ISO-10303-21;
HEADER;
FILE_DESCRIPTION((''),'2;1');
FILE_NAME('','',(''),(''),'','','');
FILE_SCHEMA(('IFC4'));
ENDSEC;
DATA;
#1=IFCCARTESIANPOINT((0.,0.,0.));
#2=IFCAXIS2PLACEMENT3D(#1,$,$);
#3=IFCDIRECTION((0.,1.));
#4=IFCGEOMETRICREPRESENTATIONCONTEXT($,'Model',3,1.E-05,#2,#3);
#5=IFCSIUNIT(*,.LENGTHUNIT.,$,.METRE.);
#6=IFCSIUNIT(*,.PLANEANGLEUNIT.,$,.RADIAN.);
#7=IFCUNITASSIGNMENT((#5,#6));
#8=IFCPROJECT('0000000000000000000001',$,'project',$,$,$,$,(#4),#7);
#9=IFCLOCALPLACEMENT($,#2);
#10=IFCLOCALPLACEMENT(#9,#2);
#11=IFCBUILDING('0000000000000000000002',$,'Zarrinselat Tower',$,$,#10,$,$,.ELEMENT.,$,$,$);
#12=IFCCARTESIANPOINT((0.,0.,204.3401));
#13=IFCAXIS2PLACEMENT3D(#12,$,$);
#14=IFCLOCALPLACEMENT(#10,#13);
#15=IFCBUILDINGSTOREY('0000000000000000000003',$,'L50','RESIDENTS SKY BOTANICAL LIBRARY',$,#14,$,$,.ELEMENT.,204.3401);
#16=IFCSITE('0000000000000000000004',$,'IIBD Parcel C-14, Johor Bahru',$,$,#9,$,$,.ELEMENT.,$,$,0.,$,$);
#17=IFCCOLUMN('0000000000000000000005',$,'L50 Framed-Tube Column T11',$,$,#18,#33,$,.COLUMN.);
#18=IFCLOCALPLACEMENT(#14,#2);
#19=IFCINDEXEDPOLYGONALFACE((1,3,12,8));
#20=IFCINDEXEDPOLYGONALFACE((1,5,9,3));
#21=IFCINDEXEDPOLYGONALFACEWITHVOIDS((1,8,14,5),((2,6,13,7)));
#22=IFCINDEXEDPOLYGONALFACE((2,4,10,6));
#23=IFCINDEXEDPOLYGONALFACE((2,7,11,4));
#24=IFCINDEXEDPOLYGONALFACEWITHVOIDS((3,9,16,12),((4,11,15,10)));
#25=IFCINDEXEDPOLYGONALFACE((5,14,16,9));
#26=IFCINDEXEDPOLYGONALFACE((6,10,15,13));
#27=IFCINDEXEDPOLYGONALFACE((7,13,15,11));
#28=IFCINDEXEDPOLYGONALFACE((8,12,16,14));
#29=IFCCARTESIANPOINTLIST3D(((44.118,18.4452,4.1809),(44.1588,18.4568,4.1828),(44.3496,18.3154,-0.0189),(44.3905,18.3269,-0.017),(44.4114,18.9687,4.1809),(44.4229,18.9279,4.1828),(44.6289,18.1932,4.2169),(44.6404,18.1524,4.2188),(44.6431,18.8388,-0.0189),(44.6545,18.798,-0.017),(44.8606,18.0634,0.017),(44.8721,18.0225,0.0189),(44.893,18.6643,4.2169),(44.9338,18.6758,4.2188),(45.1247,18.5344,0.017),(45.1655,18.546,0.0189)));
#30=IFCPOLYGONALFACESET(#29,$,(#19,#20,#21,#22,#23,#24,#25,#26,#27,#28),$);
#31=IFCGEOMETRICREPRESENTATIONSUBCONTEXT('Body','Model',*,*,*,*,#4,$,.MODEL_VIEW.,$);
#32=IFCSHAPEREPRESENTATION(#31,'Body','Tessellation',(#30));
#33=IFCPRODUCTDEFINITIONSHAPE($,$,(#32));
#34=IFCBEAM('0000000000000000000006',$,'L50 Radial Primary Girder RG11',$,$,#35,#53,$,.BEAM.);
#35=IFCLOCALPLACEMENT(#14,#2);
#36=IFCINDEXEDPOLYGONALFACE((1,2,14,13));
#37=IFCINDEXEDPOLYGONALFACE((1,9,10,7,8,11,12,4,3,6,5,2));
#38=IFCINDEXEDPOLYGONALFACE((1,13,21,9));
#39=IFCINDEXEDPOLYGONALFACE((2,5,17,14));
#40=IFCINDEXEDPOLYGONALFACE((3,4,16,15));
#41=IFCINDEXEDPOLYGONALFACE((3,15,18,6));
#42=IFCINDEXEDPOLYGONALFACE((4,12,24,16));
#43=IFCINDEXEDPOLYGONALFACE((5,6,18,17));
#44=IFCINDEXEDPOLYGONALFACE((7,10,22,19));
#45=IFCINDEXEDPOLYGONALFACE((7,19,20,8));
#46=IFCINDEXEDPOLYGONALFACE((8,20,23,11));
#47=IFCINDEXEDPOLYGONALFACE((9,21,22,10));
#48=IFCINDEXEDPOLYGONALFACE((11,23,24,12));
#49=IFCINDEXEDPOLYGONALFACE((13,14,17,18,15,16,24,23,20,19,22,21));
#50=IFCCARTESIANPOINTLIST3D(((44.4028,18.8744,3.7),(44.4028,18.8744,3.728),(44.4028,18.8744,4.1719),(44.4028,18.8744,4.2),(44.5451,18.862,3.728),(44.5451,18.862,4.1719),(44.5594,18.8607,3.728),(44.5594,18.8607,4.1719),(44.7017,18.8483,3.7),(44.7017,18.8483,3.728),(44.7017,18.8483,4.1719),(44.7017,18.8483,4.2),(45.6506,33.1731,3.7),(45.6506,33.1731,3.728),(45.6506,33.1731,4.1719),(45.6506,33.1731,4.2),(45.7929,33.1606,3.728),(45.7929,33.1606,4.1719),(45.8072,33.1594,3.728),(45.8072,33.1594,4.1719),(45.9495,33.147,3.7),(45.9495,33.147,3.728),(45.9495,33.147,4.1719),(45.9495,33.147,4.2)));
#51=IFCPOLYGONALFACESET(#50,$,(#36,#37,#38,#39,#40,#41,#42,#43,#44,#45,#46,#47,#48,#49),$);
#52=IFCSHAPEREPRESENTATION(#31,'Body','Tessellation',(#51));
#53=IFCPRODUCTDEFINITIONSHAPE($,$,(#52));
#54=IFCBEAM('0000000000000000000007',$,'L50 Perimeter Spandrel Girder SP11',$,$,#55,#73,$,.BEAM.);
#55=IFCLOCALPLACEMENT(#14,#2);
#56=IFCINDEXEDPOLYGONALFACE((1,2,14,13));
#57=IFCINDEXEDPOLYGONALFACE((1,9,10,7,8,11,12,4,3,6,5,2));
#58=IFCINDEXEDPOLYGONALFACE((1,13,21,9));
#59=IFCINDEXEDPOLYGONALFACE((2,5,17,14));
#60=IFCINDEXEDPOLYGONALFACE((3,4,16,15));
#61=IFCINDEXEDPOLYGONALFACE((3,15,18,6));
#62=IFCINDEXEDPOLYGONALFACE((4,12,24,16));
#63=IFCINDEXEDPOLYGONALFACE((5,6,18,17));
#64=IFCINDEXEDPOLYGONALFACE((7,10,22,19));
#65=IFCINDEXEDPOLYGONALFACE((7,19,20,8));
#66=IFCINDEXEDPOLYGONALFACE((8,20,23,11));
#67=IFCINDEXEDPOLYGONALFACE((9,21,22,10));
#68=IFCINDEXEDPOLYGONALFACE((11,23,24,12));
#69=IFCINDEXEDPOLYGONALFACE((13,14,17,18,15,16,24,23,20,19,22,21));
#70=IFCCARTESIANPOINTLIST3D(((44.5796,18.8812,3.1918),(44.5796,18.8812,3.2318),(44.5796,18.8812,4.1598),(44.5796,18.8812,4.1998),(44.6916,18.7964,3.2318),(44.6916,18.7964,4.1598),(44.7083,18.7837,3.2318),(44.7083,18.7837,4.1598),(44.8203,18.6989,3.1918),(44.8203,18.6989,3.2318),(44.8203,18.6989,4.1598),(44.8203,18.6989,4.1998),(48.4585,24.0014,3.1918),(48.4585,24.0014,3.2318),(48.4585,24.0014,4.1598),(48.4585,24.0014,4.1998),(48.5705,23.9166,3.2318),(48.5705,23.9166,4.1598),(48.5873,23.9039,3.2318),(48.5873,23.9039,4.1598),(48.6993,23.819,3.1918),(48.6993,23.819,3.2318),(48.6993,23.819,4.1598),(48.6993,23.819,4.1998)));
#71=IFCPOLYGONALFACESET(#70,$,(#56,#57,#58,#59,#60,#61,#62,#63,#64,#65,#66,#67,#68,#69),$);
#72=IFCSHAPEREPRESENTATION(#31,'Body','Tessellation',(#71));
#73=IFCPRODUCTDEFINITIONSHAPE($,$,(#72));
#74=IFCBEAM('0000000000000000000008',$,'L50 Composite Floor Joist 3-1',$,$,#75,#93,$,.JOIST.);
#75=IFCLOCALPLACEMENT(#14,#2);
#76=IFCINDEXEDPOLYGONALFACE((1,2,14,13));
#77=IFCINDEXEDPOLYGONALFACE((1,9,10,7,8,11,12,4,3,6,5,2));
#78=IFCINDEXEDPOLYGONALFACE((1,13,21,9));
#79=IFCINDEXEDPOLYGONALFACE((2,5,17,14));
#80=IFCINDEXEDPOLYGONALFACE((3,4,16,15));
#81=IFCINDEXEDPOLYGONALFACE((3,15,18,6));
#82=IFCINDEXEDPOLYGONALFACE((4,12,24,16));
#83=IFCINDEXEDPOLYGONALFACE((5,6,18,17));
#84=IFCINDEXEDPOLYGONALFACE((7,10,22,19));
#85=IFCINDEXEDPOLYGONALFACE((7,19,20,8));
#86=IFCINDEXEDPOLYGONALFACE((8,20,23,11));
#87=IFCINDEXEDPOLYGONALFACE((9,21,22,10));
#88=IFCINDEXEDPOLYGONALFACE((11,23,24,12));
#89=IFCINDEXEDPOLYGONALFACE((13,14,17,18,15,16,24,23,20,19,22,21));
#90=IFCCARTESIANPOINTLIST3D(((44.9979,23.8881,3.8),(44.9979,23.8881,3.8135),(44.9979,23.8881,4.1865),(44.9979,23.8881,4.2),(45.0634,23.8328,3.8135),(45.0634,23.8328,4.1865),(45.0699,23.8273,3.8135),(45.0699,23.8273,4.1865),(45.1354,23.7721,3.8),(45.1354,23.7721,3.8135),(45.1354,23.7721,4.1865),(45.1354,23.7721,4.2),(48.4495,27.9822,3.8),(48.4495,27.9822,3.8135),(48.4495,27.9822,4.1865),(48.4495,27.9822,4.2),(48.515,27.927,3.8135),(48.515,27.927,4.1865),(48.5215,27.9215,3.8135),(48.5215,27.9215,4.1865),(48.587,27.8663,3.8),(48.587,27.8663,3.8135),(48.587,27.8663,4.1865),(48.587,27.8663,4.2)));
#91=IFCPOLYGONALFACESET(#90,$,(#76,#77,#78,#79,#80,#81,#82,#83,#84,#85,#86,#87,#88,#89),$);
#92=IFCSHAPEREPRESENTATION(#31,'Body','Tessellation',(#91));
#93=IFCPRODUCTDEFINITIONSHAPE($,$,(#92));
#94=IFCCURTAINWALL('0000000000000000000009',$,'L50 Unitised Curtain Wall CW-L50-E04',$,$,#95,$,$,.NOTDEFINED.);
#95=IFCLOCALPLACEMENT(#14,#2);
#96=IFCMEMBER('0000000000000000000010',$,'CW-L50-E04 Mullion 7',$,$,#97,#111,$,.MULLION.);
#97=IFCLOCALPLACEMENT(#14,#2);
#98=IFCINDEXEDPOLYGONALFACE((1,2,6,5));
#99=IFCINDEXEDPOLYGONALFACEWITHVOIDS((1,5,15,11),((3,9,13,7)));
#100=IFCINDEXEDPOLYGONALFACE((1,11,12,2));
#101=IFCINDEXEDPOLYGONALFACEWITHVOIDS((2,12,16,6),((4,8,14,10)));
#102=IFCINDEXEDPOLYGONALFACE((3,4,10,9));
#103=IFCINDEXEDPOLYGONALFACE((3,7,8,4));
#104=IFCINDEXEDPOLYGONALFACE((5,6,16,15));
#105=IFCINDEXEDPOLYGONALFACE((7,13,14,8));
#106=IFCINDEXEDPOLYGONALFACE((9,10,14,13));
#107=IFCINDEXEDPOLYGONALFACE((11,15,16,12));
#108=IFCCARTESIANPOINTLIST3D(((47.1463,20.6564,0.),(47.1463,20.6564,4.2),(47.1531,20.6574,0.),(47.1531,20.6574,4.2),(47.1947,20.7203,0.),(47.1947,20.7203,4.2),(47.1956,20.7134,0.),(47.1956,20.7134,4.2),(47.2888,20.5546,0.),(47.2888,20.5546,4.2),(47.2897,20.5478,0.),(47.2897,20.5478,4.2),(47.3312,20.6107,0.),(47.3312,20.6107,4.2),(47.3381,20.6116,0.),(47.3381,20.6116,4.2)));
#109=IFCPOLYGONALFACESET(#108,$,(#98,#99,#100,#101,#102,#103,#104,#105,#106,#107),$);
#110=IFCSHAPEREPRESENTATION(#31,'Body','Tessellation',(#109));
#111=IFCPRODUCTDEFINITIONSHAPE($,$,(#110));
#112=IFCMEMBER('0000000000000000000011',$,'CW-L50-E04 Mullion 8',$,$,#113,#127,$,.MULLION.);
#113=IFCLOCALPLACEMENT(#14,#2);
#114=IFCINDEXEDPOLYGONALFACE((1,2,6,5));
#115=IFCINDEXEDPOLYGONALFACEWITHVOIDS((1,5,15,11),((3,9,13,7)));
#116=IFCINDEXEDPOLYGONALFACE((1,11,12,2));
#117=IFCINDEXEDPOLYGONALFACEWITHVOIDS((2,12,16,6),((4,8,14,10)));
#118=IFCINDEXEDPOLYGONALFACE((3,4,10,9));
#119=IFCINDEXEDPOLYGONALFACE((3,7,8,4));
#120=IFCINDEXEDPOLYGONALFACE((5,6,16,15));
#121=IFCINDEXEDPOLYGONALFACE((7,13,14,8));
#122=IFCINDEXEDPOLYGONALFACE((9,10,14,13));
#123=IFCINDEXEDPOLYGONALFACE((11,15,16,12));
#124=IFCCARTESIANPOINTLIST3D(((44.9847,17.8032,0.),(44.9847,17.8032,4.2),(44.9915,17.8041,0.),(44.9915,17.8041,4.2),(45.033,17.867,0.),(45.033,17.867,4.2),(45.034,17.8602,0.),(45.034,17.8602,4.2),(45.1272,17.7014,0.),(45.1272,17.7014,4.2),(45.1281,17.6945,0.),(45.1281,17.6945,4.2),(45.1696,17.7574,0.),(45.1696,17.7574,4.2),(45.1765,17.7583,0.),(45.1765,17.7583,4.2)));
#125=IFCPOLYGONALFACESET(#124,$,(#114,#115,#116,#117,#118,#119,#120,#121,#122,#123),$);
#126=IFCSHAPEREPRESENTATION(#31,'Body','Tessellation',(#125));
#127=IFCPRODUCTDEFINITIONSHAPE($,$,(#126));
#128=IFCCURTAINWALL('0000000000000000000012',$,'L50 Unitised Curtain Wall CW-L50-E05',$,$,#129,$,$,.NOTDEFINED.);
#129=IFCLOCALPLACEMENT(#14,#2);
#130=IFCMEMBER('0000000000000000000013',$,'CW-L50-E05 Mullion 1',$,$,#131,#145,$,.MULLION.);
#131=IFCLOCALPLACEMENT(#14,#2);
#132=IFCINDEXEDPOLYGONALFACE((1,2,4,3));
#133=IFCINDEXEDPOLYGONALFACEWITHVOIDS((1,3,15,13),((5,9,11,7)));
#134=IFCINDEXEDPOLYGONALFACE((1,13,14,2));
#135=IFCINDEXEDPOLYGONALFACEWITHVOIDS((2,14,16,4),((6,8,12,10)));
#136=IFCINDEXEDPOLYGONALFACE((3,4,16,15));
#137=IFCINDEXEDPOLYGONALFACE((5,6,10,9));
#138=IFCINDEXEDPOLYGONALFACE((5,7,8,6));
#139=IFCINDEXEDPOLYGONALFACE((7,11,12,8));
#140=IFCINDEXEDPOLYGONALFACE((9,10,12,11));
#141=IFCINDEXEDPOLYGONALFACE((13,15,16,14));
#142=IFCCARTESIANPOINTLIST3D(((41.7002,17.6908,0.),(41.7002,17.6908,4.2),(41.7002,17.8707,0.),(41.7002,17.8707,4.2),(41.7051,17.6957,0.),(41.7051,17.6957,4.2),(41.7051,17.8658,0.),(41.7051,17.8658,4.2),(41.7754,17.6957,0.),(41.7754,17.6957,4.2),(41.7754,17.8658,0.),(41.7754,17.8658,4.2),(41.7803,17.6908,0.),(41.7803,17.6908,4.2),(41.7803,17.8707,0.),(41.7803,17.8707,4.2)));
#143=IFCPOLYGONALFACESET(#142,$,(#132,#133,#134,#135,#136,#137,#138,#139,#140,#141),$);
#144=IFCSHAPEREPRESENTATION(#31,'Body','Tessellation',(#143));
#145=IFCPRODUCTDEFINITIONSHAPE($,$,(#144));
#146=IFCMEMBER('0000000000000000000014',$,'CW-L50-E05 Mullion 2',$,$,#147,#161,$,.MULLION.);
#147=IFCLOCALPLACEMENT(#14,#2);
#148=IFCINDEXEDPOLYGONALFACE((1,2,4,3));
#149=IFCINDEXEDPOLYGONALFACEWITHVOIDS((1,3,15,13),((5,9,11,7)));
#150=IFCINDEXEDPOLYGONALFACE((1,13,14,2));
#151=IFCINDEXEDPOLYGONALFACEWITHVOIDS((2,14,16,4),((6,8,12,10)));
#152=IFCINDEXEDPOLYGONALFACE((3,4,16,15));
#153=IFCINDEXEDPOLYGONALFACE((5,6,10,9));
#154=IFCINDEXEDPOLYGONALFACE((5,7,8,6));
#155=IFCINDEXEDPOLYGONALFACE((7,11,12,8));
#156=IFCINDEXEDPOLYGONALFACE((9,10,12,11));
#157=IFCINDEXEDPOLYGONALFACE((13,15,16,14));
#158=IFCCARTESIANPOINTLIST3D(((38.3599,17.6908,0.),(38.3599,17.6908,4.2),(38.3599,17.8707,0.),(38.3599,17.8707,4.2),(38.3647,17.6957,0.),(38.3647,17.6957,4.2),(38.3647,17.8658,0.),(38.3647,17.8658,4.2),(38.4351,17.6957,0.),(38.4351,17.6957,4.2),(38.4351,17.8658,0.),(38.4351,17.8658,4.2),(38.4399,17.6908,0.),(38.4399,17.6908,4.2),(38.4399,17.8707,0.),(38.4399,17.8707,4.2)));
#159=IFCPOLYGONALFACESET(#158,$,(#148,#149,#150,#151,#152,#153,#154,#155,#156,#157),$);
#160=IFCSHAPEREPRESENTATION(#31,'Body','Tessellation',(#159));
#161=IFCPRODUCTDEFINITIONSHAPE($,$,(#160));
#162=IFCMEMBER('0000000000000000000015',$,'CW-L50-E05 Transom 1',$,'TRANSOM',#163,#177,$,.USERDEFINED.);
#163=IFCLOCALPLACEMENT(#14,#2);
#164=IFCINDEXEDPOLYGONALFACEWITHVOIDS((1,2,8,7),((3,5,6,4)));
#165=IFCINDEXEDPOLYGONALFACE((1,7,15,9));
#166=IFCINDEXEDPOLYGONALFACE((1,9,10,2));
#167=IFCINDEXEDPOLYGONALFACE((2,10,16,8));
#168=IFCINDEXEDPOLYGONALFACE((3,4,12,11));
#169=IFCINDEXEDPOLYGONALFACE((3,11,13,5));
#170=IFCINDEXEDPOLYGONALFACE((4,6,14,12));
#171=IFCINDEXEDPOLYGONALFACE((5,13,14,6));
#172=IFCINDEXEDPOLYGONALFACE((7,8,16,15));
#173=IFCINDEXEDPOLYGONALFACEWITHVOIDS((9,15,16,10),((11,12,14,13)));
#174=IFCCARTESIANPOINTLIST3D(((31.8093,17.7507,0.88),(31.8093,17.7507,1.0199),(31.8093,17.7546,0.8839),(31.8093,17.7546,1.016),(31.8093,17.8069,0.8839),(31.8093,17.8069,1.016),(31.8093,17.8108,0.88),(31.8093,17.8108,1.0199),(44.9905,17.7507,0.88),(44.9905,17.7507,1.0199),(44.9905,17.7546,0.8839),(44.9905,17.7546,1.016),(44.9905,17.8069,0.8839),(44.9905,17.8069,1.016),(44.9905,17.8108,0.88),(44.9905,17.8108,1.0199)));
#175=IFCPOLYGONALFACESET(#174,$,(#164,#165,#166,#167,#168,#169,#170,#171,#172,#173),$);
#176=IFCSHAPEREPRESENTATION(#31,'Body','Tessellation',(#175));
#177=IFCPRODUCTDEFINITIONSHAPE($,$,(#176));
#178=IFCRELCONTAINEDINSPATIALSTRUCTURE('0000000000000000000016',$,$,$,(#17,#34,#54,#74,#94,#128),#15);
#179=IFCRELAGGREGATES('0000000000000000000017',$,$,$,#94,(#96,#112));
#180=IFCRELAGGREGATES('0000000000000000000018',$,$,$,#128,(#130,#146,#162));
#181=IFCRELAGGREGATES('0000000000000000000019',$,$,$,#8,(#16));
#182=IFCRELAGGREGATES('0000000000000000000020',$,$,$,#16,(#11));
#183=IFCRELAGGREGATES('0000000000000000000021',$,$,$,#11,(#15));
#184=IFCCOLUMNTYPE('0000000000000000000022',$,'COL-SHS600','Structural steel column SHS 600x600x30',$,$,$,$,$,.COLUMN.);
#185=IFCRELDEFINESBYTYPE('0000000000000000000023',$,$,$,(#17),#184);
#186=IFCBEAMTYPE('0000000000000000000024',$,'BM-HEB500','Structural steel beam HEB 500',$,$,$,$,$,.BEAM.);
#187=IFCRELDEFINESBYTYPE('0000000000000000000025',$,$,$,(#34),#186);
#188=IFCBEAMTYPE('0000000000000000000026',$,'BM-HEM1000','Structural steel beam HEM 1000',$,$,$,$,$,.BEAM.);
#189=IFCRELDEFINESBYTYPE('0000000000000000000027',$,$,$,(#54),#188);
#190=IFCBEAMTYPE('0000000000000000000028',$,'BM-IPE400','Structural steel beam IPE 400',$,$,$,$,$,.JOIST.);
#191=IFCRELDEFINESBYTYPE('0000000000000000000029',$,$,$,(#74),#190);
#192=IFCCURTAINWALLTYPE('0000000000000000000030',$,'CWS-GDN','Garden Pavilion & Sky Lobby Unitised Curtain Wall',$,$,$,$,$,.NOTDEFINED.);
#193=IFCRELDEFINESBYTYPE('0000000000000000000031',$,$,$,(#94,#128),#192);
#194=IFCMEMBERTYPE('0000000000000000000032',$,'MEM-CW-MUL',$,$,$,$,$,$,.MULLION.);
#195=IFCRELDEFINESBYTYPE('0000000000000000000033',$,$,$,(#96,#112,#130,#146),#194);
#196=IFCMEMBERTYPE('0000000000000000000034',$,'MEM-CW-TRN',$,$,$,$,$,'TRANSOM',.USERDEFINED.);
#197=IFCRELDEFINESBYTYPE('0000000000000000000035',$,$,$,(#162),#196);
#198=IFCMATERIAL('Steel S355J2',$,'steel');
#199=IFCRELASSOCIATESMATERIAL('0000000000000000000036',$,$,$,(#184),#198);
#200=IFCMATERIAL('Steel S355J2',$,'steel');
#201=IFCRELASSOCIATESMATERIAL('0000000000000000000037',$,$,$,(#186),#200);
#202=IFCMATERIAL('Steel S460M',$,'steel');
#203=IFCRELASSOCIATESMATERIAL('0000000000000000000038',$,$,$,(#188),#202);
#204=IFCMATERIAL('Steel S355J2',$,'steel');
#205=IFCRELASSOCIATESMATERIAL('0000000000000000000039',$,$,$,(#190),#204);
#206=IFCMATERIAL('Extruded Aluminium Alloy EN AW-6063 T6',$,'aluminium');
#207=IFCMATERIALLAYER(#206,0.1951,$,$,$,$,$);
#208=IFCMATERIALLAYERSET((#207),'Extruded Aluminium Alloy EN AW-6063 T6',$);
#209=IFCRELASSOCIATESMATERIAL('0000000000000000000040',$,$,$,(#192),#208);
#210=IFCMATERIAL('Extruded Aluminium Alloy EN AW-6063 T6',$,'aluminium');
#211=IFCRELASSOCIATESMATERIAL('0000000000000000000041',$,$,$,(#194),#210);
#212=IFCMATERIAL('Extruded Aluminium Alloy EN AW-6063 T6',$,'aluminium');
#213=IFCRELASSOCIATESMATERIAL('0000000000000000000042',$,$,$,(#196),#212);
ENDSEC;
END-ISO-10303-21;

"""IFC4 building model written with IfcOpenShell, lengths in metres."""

from ifc_helpers import new_model, si_unit, direction, frame, origin, origin_2d, place, context, subcontext, project, spatial, hollow_rectangle, i_section, extrude, material, layer, layer_set, material_profile, profile_set, type_object, element, aggregate, save


model = new_model("IFC4")

# Units and contexts
model_context = context("Model", 3, precision=1e-05, world=origin(), true_north=direction((0.0, 1.0)))
body_context = subcontext(model_context, "Body", "Model", "MODEL_VIEW")
ifc_project = project(units=[si_unit("LENGTHUNIT", "METRE"), si_unit("PLANEANGLEUNIT", "RADIAN")], contexts=[model_context])

# Site, building, storey
site_placement = place(None, origin())
site = spatial("IfcSite", under=ifc_project, at=site_placement, Name="IIBD Parcel C-14, Johor Bahru", CompositionType="ELEMENT", RefElevation=0.0)
building_placement = place(site_placement, origin())
building = spatial("IfcBuilding", under=site, at=building_placement, Name="Zarrinselat Tower", CompositionType="ELEMENT")
storey_placement = place(building_placement, frame((0.0, 0.0, 204.3401)))
storey = spatial("IfcBuildingStorey", under=building, at=storey_placement, Name="L50", Description="RESIDENTS SKY BOTANICAL LIBRARY", CompositionType="ELEMENT", Elevation=204.3401)

# Column
ifc_material_1 = material(Name="Steel S355J2", Category="steel")
ifc_material_profile_1 = material_profile(ifc_material_1, hollow_rectangle(XDim=0.6001, YDim=0.6001, WallThickness=0.03, at=origin_2d()), Name="SHS 600x600x30")
ifc_profile_set_1 = profile_set([ifc_material_profile_1], Name="Steel S355J2")
column_type = type_object("IfcColumnType", Name="COL-SHS600", Description="Structural steel column SHS 600x600x30", PredefinedType="COLUMN", material=ifc_profile_set_1)
column_placement = place(storey_placement, frame((44.7576, 18.4307, 0.0), z_axis=(-0.055055, 0.030863, 0.998006), x_axis=(-0.488995, -0.872286, 0.0)))
element("IfcColumn", 1, at=column_placement, inside=storey, type_object=column_type, Name="L50 Framed-Tube Column T11", PredefinedType="COLUMN", context=body_context, shape_type="SweptSolid", body=[
    extrude(hollow_rectangle(XDim=0.6001, YDim=0.6001, WallThickness=0.03, at=origin_2d()), origin(), (0.0, 0.0, 1.0), 4.2083),
])

# Beams
ifc_material_2 = material(Name="Steel S355J2", Category="steel")
ifc_material_profile_2 = material_profile(ifc_material_2, i_section(OverallWidth=0.3, OverallDepth=0.5, WebThickness=0.0144, FlangeThickness=0.0281, at=origin_2d()), Name="HEB 500")
ifc_profile_set_2 = profile_set([ifc_material_profile_2], Name="Steel S355J2")
beam_type_1 = type_object("IfcBeamType", Name="BM-HEB500", Description="Structural steel beam HEB 500", PredefinedType="BEAM", material=ifc_profile_set_2)
beam_1_placement = place(storey_placement, frame((44.5522, 18.8613, 3.95), z_axis=(0.086937, 0.996214, 0.0), x_axis=(-0.996214, 0.086937, 0.0)))
element("IfcBeam", 2, at=beam_1_placement, inside=storey, type_object=beam_type_1, Name="L50 Radial Primary Girder RG11", PredefinedType="BEAM", context=body_context, shape_type="SweptSolid", body=[
    extrude(i_section(OverallWidth=0.3, OverallDepth=0.5, WebThickness=0.0144, FlangeThickness=0.0281, at=origin_2d()), origin(), (0.0, 0.0, 1.0), 14.353),
])
ifc_material_3 = material(Name="Steel S460M", Category="steel")
ifc_material_profile_3 = material_profile(ifc_material_3, i_section(OverallWidth=0.302, OverallDepth=1.0081, WebThickness=0.021, FlangeThickness=0.04, at=origin_2d()), Name="HEM 1000")
ifc_profile_set_3 = profile_set([ifc_material_profile_3], Name="Steel S460M")
beam_type_2 = type_object("IfcBeamType", Name="BM-HEM1000", Description="Structural steel beam HEM 1000", PredefinedType="BEAM", material=ifc_profile_set_3)
beam_2_placement = place(storey_placement, frame((44.7, 18.79, 3.6958), z_axis=(0.603861, 0.79709, 0.0), x_axis=(-0.79709, 0.603861, 0.0)))
element("IfcBeam", 3, at=beam_2_placement, inside=storey, type_object=beam_type_2, Name="L50 Perimeter Spandrel Girder SP11", PredefinedType="BEAM", context=body_context, shape_type="SweptSolid", body=[
    extrude(i_section(OverallWidth=0.302, OverallDepth=1.0081, WebThickness=0.021, FlangeThickness=0.04, at=origin_2d()), origin(), (0.0, 0.0, 1.0), 6.4236),
])
ifc_material_4 = material(Name="Steel S355J2", Category="steel")
ifc_material_profile_4 = material_profile(ifc_material_4, i_section(OverallWidth=0.1799, OverallDepth=0.3999, WebThickness=0.0085, FlangeThickness=0.0134, at=origin_2d()), Name="IPE 400")
ifc_profile_set_4 = profile_set([ifc_material_profile_4], Name="Steel S355J2")
beam_type_3 = type_object("IfcBeamType", Name="BM-IPE400", Description="Structural steel beam IPE 400", PredefinedType="JOIST", material=ifc_profile_set_4)
beam_3_placement = place(storey_placement, frame((45.0667, 23.8301, 4.0), z_axis=(0.64456, 0.764554, 0.0), x_axis=(-0.764554, 0.64456, 0.0)))
element("IfcBeam", 4, at=beam_3_placement, inside=storey, type_object=beam_type_3, Name="L50 Composite Floor Joist 3-1", PredefinedType="JOIST", context=body_context, shape_type="SweptSolid", body=[
    extrude(i_section(OverallWidth=0.1799, OverallDepth=0.3999, WebThickness=0.0085, FlangeThickness=0.0134, at=origin_2d()), origin(), (0.0, 0.0, 1.0), 5.355),
])

# Curtain walls, members
ifc_material_5 = material(Name="Extruded Aluminium Alloy EN AW-6063 T6", Category="aluminium")
ifc_layer_1 = layer(ifc_material_5, 0.1951)
ifc_layer_set_1 = layer_set([ifc_layer_1], Name="Extruded Aluminium Alloy EN AW-6063 T6")
curtain_wall_type = type_object("IfcCurtainWallType", Name="CWS-GDN", Description="Garden Pavilion & Sky Lobby Unitised Curtain Wall", PredefinedType="NOTDEFINED", material=ifc_layer_set_1)
curtain_wall_1_placement = place(storey_placement, origin())
curtain_wall_1 = element("IfcCurtainWall", 5, at=curtain_wall_1_placement, inside=storey, type_object=curtain_wall_type, Name="L50 Unitised Curtain Wall CW-L50-E04", PredefinedType="NOTDEFINED")
ifc_material_6 = material(Name="Extruded Aluminium Alloy EN AW-6063 T6", Category="aluminium")
ifc_material_profile_5 = material_profile(ifc_material_6, hollow_rectangle(XDim=0.0801, YDim=0.1799, WallThickness=0.0049, at=origin_2d()), Name="RHS 180x80x5")
ifc_profile_set_5 = profile_set([ifc_material_profile_5], Name="Extruded Aluminium Alloy EN AW-6063 T6")
member_type_1 = type_object("IfcMemberType", Name="MEM-CW-MUL", PredefinedType="MULLION", material=ifc_profile_set_5)
member_1_placement = place(storey_placement, frame((47.2422, 20.634, 0.0), z_axis=(0.0, 0.0, 1.0), x_axis=(-0.603858, -0.797092, 0.0)))
member_1 = element("IfcMember", 6, at=member_1_placement, type_object=member_type_1, Name="CW-L50-E04 Mullion 7", PredefinedType="MULLION", context=body_context, shape_type="SweptSolid", body=[
    extrude(hollow_rectangle(XDim=0.0801, YDim=0.1799, WallThickness=0.0049, at=origin_2d()), origin(), (0.0, 0.0, 1.0), 4.2),
])
member_2_placement = place(storey_placement, frame((45.0806, 17.7808, 0.0), z_axis=(0.0, 0.0, 1.0), x_axis=(-0.603858, -0.797092, 0.0)))
member_2 = element("IfcMember", 7, at=member_2_placement, type_object=member_type_1, Name="CW-L50-E04 Mullion 8", PredefinedType="MULLION", context=body_context, shape_type="SweptSolid", body=[
    extrude(hollow_rectangle(XDim=0.0801, YDim=0.1799, WallThickness=0.0049, at=origin_2d()), origin(), (0.0, 0.0, 1.0), 4.2),
])
curtain_wall_2_placement = place(storey_placement, origin())
curtain_wall_2 = element("IfcCurtainWall", 8, at=curtain_wall_2_placement, inside=storey, type_object=curtain_wall_type, Name="L50 Unitised Curtain Wall CW-L50-E05", PredefinedType="NOTDEFINED")
member_3_placement = place(storey_placement, frame((41.7402, 17.7808, 0.0), z_axis=(0.0, 0.0, 1.0), x_axis=(-1.0, 0.0, 0.0)))
member_3 = element("IfcMember", 9, at=member_3_placement, type_object=member_type_1, Name="CW-L50-E05 Mullion 1", PredefinedType="MULLION", context=body_context, shape_type="SweptSolid", body=[
    extrude(hollow_rectangle(XDim=0.0801, YDim=0.1799, WallThickness=0.0049, at=origin_2d()), origin(), (0.0, 0.0, 1.0), 4.2),
])
member_4_placement = place(storey_placement, frame((38.3999, 17.7808, 0.0), z_axis=(0.0, 0.0, 1.0), x_axis=(-1.0, 0.0, 0.0)))
member_4 = element("IfcMember", 10, at=member_4_placement, type_object=member_type_1, Name="CW-L50-E05 Mullion 2", PredefinedType="MULLION", context=body_context, shape_type="SweptSolid", body=[
    extrude(hollow_rectangle(XDim=0.0801, YDim=0.1799, WallThickness=0.0049, at=origin_2d()), origin(), (0.0, 0.0, 1.0), 4.2),
])
ifc_material_7 = material(Name="Extruded Aluminium Alloy EN AW-6063 T6", Category="aluminium")
ifc_material_profile_6 = material_profile(ifc_material_7, hollow_rectangle(XDim=0.0601, YDim=0.1399, WallThickness=0.0039, at=origin_2d()), Name="RHS 140x60x4")
ifc_profile_set_6 = profile_set([ifc_material_profile_6], Name="Extruded Aluminium Alloy EN AW-6063 T6")
member_type_2 = type_object("IfcMemberType", Name="MEM-CW-TRN", ElementType="TRANSOM", PredefinedType="USERDEFINED", material=ifc_profile_set_6)
member_5_placement = place(storey_placement, frame((44.9905, 17.7808, 0.95), z_axis=(-1.0, 0.0, 0.0), x_axis=(0.0, -1.0, 0.0)))
member_5 = element("IfcMember", 11, at=member_5_placement, type_object=member_type_2, Name="CW-L50-E05 Transom 1", ObjectType="TRANSOM", PredefinedType="USERDEFINED", context=body_context, shape_type="SweptSolid", body=[
    extrude(hollow_rectangle(XDim=0.0601, YDim=0.1399, WallThickness=0.0039, at=origin_2d()), origin(), (0.0, 0.0, 1.0), 13.1812),
])

aggregate(curtain_wall_1, [member_1, member_2])
aggregate(curtain_wall_2, [member_3, member_4, member_5])

save(model, "model.ifc")
